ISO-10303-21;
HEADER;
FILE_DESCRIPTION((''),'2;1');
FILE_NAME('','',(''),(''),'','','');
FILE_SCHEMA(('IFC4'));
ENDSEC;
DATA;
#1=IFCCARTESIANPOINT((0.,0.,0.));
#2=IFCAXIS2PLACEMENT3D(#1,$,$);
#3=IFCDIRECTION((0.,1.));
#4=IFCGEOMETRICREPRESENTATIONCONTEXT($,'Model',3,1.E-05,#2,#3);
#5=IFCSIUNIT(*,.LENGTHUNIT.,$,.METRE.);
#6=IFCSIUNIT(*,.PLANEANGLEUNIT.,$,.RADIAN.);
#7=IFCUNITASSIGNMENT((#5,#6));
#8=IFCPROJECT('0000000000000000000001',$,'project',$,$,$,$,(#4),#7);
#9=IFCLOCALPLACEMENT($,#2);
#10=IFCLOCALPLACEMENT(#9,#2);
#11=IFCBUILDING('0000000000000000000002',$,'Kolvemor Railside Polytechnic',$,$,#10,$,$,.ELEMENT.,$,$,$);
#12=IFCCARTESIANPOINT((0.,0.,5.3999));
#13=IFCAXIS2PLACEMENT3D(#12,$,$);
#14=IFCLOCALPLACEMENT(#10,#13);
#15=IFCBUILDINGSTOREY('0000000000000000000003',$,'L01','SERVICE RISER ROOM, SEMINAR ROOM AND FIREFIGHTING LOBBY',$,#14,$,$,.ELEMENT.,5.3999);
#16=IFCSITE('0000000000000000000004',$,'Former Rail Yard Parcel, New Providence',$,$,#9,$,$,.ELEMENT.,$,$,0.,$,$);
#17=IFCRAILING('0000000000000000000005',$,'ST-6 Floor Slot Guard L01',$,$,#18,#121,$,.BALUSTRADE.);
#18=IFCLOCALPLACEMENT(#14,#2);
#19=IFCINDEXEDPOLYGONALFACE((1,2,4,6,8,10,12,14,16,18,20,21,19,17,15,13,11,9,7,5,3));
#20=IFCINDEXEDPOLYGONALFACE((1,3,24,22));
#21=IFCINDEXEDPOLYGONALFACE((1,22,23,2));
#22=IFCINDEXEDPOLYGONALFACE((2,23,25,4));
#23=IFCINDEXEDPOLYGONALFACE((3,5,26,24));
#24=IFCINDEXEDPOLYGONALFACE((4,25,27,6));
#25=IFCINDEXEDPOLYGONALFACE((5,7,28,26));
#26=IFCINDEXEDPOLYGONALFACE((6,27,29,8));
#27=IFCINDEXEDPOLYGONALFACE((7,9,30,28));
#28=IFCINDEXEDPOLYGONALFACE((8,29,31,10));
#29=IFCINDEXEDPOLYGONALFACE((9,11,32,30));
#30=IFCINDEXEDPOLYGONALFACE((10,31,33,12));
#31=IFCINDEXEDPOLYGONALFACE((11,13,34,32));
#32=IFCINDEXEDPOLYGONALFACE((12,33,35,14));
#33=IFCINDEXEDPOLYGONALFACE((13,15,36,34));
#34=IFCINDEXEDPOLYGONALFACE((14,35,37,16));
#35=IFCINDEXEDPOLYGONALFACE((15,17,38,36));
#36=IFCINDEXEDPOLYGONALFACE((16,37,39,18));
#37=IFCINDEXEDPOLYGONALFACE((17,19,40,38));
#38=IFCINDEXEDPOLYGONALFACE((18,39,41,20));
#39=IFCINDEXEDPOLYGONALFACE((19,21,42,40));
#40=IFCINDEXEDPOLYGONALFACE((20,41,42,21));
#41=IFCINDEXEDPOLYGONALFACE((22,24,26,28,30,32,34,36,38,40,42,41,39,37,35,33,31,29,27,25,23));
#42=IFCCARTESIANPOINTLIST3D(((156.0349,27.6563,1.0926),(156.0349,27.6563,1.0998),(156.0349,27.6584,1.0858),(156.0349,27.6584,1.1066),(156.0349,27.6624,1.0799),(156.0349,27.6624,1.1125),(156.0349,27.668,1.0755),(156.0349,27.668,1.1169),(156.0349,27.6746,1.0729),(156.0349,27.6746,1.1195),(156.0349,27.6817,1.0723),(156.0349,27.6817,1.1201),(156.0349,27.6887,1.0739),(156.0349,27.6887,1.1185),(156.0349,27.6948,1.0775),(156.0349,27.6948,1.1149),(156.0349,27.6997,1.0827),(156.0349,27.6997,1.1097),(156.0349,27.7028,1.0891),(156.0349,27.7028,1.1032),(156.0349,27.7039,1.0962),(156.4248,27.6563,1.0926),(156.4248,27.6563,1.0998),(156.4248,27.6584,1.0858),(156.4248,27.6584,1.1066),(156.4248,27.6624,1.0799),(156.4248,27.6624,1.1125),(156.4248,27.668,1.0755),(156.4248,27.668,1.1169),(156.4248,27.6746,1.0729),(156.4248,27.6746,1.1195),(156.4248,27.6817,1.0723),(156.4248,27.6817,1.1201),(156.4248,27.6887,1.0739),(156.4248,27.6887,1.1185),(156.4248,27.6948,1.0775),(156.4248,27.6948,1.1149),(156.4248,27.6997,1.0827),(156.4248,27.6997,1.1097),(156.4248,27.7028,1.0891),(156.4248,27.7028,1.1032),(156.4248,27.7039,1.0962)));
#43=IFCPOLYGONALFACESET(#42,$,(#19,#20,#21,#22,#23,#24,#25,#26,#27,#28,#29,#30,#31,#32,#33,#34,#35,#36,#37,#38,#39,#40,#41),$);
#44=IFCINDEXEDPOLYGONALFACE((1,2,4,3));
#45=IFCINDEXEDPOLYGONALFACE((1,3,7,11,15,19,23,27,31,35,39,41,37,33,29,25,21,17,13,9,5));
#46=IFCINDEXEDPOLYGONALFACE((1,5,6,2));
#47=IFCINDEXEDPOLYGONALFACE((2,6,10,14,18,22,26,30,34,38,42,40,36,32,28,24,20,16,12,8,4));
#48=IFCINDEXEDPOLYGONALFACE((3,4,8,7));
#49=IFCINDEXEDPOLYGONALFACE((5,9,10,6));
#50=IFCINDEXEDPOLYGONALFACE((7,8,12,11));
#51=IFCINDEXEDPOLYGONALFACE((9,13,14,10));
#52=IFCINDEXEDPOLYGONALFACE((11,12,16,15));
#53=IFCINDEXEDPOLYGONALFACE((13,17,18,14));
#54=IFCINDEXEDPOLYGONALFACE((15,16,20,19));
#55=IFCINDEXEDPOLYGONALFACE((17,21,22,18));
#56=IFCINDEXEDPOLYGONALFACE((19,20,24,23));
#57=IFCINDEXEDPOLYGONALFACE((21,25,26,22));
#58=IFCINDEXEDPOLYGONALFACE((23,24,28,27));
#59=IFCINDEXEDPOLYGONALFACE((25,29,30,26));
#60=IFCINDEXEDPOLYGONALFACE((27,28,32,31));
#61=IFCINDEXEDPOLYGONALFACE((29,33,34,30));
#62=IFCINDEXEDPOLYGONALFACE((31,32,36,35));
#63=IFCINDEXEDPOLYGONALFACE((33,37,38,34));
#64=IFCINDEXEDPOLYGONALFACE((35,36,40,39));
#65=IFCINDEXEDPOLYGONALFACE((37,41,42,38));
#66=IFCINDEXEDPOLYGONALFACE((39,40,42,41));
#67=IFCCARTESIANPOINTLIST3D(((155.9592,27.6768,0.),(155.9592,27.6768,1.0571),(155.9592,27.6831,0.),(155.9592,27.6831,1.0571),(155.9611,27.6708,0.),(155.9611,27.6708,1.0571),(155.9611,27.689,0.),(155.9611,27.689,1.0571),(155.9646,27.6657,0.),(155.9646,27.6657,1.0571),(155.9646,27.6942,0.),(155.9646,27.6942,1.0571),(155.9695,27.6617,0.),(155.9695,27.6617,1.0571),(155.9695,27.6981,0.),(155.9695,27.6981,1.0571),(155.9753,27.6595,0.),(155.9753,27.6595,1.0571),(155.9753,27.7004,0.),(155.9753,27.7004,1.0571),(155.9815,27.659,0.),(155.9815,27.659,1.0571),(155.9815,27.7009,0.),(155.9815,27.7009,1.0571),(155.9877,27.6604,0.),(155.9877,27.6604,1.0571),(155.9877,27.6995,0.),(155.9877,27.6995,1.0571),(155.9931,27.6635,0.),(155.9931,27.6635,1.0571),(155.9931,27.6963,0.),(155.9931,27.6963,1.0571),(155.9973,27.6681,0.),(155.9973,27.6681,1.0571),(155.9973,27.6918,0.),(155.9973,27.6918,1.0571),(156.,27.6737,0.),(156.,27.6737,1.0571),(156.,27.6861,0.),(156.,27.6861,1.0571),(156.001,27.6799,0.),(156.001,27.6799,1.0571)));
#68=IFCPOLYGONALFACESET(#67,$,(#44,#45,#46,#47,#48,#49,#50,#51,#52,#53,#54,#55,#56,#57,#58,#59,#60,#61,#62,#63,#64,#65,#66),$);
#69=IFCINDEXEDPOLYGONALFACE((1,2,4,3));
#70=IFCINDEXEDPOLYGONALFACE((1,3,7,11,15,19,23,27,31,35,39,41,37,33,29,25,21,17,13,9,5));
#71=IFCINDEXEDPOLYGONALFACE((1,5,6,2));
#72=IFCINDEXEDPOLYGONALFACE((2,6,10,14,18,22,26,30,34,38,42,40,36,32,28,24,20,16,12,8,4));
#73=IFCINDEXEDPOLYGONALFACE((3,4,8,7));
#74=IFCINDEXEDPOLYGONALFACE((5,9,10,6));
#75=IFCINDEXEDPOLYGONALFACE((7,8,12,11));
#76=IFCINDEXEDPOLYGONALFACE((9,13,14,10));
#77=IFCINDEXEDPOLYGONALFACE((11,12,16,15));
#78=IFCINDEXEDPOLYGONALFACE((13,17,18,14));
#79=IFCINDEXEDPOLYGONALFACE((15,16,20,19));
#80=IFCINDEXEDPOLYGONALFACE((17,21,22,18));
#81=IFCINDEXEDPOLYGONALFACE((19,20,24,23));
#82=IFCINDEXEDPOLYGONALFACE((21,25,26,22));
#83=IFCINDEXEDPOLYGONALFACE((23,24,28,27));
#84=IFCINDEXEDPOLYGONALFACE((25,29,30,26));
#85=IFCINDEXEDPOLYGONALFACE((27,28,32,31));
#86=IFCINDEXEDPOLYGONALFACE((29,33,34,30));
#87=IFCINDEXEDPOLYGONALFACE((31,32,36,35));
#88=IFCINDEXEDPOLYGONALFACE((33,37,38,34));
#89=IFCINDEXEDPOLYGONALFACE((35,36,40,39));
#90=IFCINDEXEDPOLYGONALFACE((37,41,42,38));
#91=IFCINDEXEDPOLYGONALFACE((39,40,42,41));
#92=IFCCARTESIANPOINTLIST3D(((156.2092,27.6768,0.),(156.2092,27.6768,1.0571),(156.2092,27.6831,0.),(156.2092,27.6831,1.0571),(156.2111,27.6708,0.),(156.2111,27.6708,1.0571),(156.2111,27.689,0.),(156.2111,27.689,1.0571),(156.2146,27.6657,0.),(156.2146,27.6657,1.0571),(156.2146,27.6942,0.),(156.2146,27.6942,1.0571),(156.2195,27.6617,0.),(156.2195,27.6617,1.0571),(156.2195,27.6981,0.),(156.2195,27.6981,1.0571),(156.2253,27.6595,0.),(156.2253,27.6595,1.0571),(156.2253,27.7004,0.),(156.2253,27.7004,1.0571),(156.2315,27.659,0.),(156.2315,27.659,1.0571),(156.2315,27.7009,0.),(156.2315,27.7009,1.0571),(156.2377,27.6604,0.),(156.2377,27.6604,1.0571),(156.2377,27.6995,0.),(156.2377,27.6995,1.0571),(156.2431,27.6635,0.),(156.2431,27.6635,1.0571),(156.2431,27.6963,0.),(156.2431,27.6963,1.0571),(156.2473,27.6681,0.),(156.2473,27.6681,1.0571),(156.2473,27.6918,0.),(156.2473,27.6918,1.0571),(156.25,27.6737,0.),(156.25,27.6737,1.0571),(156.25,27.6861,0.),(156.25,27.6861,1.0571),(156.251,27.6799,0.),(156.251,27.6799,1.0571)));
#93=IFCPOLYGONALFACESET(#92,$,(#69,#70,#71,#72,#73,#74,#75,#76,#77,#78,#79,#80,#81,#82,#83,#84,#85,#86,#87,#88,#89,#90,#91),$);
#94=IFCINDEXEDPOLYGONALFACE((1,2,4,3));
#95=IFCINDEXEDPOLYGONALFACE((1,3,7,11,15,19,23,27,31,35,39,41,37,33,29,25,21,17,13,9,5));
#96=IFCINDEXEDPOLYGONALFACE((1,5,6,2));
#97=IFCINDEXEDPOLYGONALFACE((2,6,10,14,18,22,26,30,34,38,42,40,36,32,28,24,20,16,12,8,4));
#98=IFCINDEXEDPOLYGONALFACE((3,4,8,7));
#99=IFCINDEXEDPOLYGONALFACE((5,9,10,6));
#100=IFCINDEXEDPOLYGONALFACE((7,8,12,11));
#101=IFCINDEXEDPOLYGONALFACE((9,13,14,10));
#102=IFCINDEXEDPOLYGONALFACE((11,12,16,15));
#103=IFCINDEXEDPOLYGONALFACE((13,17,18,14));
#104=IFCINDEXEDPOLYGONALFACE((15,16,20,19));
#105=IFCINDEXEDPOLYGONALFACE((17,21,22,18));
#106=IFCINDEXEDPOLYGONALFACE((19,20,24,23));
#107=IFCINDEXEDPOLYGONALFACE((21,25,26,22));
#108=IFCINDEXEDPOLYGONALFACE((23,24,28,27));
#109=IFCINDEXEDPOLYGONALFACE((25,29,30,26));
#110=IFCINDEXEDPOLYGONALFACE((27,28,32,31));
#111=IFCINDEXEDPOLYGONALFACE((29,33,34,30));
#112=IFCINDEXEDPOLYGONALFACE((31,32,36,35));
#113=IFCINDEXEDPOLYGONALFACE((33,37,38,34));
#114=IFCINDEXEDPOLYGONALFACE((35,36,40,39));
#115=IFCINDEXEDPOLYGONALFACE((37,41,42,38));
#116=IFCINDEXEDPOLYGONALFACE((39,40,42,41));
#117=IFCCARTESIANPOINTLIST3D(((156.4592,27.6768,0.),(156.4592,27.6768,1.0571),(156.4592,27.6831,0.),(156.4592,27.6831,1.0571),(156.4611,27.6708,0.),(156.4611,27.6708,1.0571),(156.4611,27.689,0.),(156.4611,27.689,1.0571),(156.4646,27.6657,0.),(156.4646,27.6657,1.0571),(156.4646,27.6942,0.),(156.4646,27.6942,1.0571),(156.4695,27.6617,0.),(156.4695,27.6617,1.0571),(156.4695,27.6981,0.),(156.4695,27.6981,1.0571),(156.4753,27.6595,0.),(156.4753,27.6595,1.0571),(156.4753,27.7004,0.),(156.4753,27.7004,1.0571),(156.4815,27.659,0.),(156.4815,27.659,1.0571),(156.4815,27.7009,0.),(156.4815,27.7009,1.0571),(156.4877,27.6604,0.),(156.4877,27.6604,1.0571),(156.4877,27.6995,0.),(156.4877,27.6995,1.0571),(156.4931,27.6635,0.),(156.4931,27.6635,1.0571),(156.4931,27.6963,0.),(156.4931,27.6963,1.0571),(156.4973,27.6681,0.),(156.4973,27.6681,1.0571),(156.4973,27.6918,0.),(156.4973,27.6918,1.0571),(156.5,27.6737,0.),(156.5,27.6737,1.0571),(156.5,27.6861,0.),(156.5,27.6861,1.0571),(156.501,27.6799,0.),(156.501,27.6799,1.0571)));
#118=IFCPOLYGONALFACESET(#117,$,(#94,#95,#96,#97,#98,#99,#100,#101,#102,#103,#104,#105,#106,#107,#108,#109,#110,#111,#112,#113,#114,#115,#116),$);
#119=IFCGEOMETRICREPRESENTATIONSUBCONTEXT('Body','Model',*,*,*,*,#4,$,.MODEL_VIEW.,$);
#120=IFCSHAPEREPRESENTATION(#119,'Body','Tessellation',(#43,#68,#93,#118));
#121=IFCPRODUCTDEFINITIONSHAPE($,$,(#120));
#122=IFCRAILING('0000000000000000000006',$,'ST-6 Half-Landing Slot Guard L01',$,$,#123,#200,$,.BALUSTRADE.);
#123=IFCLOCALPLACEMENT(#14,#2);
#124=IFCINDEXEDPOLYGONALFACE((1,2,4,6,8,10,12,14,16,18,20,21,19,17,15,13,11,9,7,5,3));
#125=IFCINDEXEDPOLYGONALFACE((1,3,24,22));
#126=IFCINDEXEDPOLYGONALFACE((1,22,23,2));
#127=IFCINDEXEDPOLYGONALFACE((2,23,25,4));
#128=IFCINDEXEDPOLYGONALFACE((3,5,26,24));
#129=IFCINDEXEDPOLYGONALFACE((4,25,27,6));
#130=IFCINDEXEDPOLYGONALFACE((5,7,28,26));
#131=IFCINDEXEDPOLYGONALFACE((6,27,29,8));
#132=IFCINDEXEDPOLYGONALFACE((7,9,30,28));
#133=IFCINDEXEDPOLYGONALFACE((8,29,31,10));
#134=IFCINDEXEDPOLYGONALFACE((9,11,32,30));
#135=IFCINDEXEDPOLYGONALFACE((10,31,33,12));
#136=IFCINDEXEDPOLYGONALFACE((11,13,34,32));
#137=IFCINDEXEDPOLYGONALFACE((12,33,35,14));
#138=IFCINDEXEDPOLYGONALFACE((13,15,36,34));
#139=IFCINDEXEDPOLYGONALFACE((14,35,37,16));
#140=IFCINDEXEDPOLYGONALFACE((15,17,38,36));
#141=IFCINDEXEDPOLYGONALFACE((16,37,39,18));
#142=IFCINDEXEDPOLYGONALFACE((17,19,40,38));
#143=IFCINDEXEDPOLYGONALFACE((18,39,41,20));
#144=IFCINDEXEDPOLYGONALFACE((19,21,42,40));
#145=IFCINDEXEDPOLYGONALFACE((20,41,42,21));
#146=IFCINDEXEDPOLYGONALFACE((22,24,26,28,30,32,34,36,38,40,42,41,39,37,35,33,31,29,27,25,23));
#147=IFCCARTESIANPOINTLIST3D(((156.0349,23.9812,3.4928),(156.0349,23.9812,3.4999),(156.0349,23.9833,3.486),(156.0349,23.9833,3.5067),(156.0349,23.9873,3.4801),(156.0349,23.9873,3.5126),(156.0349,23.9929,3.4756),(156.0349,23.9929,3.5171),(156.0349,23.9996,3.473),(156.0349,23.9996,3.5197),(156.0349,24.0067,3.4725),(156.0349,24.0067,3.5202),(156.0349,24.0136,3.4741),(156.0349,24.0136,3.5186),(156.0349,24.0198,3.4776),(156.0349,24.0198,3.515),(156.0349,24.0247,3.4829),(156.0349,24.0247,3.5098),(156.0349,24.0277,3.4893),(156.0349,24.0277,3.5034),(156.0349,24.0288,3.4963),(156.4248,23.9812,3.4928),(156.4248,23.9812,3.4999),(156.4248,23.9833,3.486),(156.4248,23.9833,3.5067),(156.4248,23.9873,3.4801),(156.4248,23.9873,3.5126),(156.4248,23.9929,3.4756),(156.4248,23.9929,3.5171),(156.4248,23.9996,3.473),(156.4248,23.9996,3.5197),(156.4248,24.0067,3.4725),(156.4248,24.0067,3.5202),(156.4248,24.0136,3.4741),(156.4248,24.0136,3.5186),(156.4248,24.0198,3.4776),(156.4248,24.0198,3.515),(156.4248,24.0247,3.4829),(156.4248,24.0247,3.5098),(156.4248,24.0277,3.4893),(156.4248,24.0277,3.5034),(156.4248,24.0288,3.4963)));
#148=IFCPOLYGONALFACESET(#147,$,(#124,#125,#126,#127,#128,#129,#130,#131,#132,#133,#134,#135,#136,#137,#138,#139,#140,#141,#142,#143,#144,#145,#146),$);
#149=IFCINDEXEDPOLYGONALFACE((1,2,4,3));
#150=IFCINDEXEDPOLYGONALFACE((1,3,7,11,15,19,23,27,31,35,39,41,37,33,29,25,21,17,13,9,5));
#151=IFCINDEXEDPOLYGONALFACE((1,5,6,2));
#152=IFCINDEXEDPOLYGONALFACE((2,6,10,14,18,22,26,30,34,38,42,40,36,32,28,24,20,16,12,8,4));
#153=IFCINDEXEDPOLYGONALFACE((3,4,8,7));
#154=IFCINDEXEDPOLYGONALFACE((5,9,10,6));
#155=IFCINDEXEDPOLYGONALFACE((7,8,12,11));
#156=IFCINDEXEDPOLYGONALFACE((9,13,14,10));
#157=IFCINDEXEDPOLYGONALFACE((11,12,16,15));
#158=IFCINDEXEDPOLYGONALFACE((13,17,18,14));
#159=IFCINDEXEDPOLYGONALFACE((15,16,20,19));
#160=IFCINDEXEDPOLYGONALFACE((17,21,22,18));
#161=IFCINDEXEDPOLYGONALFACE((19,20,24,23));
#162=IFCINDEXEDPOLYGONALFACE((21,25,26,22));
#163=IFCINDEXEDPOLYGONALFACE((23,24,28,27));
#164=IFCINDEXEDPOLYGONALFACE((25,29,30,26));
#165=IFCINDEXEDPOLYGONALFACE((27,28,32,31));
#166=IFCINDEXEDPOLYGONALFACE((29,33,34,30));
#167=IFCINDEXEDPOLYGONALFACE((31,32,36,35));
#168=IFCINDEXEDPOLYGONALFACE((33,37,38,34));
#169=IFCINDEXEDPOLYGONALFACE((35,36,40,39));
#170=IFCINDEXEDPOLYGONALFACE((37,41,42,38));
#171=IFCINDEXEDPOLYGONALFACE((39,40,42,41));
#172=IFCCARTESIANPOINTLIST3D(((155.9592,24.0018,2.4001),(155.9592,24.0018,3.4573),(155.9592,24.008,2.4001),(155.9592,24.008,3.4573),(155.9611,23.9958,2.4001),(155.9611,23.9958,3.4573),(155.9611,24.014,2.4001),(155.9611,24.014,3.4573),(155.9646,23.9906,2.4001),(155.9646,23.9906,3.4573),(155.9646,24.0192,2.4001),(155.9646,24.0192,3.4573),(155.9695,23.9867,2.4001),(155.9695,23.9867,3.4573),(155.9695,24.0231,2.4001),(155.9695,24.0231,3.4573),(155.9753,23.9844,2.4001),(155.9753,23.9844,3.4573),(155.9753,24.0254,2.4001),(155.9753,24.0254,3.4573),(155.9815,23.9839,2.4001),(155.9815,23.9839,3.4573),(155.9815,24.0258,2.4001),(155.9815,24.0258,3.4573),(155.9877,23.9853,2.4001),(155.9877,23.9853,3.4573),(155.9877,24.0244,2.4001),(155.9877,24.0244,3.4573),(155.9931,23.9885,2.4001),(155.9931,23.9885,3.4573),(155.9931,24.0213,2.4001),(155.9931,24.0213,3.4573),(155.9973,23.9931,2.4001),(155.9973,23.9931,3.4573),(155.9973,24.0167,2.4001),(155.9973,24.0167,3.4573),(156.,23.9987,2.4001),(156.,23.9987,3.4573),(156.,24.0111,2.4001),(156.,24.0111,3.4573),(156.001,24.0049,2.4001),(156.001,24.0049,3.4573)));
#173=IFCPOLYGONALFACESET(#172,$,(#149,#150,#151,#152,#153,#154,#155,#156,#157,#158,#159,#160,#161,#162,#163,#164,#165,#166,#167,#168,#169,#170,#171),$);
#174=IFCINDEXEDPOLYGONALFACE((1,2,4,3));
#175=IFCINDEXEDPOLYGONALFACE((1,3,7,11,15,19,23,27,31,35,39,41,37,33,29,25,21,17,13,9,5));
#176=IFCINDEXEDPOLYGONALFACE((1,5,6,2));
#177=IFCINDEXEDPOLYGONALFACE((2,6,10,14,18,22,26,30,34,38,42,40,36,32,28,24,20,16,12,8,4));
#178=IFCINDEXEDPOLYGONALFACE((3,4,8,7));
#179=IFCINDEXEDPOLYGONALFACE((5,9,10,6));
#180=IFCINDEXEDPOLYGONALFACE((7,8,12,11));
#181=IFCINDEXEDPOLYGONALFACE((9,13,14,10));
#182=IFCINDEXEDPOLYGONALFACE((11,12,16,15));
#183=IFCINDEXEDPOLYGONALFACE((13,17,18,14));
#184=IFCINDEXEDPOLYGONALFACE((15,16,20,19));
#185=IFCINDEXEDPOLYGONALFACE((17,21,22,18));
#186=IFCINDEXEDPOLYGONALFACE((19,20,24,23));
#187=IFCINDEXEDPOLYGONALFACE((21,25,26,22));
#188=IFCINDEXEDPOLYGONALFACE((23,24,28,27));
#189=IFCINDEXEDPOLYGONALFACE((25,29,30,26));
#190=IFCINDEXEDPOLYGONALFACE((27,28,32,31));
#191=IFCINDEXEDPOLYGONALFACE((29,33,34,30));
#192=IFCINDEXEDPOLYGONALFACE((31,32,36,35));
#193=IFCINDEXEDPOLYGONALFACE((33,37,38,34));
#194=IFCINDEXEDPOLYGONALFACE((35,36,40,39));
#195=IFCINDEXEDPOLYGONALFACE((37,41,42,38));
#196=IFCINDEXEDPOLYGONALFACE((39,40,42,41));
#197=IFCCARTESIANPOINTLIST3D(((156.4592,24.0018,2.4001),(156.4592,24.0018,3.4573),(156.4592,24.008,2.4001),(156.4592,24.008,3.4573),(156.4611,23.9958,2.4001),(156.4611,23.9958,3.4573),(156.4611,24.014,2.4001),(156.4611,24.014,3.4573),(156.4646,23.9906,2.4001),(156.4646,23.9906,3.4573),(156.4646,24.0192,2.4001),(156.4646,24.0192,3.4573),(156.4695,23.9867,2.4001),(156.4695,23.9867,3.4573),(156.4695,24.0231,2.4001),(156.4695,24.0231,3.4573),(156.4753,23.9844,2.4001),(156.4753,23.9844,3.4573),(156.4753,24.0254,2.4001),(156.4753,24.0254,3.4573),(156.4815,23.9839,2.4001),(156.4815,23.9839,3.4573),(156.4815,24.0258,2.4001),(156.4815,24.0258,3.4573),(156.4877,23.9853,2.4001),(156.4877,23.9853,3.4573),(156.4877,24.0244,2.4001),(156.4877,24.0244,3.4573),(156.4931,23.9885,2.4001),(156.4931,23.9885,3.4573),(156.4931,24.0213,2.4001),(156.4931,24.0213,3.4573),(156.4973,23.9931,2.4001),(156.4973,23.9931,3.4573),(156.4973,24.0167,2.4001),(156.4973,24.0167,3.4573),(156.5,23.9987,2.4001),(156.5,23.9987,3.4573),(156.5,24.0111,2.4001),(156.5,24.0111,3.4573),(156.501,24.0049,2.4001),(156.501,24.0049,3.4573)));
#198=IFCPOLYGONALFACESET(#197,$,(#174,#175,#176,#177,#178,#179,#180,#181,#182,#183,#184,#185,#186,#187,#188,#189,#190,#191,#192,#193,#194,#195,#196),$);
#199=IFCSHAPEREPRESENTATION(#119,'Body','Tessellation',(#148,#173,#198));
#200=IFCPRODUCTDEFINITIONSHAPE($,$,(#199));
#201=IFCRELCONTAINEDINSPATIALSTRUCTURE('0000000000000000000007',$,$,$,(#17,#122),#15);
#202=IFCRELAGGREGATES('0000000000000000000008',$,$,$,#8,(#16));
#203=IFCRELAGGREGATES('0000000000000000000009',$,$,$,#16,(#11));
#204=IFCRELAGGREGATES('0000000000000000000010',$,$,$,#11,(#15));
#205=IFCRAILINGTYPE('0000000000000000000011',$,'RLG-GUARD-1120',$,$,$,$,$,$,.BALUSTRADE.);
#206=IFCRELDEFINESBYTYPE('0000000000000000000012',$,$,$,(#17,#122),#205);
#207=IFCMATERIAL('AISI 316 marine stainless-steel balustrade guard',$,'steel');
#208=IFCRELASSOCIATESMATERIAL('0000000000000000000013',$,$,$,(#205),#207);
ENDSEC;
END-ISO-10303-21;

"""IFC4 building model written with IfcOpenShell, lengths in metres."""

from ifc_helpers import new_model, si_unit, direction, frame, origin, origin_2d, place, context, subcontext, project, spatial, circle, extrude, material, type_object, element, save


model = new_model("IFC4")

# Units and contexts
model_context = context("Model", 3, precision=1e-05, world=origin(), true_north=direction((0.0, 1.0)))
body_context = subcontext(model_context, "Body", "Model", "MODEL_VIEW")
ifc_project = project(units=[si_unit("LENGTHUNIT", "METRE"), si_unit("PLANEANGLEUNIT", "RADIAN")], contexts=[model_context])

# Site, building, storey
site_placement = place(None, origin())
site = spatial("IfcSite", under=ifc_project, at=site_placement, Name="Former Rail Yard Parcel, New Providence", CompositionType="ELEMENT", RefElevation=0.0)
building_placement = place(site_placement, origin())
building = spatial("IfcBuilding", under=site, at=building_placement, Name="Kolvemor Railside Polytechnic", CompositionType="ELEMENT")
storey_placement = place(building_placement, frame((0.0, 0.0, 5.3999)))
storey = spatial("IfcBuildingStorey", under=building, at=storey_placement, Name="L01", Description="SERVICE RISER ROOM, SEMINAR ROOM AND FIREFIGHTING LOBBY", CompositionType="ELEMENT", Elevation=5.3999)

# Railings
ifc_material_1 = material(Name="AISI 316 marine stainless-steel balustrade guard", Category="steel")
railing_type_1 = type_object("IfcRailingType", Name="RLG-GUARD-1120", PredefinedType="BALUSTRADE", material=ifc_material_1)
railing_1_placement = place(storey_placement, frame((155.98, 27.6799, 0.0)))
element("IfcRailing", 1, at=railing_1_placement, inside=storey, type_object=railing_type_1, Name="ST-6 Floor Slot Guard L01", PredefinedType="BALUSTRADE", context=body_context, shape_type="SweptSolid", body=[
    extrude(circle(Radius=0.0239, at=origin_2d()), frame((0.0549, 0.0, 1.0962), z_axis=(1.0, 0.0, 0.0), x_axis=(0.0, 1.0, 0.0)), (0.0, 0.0, 1.0), 0.3899),
    extrude(circle(Radius=0.021, at=origin_2d()), origin(), (0.0, 0.0, 1.0), 1.0571),
    extrude(circle(Radius=0.021, at=origin_2d()), frame((0.25, 0.0, 0.0)), (0.0, 0.0, 1.0), 1.0571),
    extrude(circle(Radius=0.021, at=origin_2d()), frame((0.5, 0.0, 0.0)), (0.0, 0.0, 1.0), 1.0571),
])
railing_2_placement = place(storey_placement, frame((155.98, 24.0049, 2.4001)))
element("IfcRailing", 2, at=railing_2_placement, inside=storey, type_object=railing_type_1, Name="ST-6 Half-Landing Slot Guard L01", PredefinedType="BALUSTRADE", context=body_context, shape_type="SweptSolid", body=[
    extrude(circle(Radius=0.0239, at=origin_2d()), frame((0.0549, 0.0, 1.0962), z_axis=(1.0, 0.0, 0.0), x_axis=(0.0, 1.0, 0.0)), (0.0, 0.0, 1.0), 0.3899),
    extrude(circle(Radius=0.021, at=origin_2d()), origin(), (0.0, 0.0, 1.0), 1.0571),
    extrude(circle(Radius=0.021, at=origin_2d()), frame((0.5, 0.0, 0.0)), (0.0, 0.0, 1.0), 1.0571),
])

save(model, "model.ifc")
